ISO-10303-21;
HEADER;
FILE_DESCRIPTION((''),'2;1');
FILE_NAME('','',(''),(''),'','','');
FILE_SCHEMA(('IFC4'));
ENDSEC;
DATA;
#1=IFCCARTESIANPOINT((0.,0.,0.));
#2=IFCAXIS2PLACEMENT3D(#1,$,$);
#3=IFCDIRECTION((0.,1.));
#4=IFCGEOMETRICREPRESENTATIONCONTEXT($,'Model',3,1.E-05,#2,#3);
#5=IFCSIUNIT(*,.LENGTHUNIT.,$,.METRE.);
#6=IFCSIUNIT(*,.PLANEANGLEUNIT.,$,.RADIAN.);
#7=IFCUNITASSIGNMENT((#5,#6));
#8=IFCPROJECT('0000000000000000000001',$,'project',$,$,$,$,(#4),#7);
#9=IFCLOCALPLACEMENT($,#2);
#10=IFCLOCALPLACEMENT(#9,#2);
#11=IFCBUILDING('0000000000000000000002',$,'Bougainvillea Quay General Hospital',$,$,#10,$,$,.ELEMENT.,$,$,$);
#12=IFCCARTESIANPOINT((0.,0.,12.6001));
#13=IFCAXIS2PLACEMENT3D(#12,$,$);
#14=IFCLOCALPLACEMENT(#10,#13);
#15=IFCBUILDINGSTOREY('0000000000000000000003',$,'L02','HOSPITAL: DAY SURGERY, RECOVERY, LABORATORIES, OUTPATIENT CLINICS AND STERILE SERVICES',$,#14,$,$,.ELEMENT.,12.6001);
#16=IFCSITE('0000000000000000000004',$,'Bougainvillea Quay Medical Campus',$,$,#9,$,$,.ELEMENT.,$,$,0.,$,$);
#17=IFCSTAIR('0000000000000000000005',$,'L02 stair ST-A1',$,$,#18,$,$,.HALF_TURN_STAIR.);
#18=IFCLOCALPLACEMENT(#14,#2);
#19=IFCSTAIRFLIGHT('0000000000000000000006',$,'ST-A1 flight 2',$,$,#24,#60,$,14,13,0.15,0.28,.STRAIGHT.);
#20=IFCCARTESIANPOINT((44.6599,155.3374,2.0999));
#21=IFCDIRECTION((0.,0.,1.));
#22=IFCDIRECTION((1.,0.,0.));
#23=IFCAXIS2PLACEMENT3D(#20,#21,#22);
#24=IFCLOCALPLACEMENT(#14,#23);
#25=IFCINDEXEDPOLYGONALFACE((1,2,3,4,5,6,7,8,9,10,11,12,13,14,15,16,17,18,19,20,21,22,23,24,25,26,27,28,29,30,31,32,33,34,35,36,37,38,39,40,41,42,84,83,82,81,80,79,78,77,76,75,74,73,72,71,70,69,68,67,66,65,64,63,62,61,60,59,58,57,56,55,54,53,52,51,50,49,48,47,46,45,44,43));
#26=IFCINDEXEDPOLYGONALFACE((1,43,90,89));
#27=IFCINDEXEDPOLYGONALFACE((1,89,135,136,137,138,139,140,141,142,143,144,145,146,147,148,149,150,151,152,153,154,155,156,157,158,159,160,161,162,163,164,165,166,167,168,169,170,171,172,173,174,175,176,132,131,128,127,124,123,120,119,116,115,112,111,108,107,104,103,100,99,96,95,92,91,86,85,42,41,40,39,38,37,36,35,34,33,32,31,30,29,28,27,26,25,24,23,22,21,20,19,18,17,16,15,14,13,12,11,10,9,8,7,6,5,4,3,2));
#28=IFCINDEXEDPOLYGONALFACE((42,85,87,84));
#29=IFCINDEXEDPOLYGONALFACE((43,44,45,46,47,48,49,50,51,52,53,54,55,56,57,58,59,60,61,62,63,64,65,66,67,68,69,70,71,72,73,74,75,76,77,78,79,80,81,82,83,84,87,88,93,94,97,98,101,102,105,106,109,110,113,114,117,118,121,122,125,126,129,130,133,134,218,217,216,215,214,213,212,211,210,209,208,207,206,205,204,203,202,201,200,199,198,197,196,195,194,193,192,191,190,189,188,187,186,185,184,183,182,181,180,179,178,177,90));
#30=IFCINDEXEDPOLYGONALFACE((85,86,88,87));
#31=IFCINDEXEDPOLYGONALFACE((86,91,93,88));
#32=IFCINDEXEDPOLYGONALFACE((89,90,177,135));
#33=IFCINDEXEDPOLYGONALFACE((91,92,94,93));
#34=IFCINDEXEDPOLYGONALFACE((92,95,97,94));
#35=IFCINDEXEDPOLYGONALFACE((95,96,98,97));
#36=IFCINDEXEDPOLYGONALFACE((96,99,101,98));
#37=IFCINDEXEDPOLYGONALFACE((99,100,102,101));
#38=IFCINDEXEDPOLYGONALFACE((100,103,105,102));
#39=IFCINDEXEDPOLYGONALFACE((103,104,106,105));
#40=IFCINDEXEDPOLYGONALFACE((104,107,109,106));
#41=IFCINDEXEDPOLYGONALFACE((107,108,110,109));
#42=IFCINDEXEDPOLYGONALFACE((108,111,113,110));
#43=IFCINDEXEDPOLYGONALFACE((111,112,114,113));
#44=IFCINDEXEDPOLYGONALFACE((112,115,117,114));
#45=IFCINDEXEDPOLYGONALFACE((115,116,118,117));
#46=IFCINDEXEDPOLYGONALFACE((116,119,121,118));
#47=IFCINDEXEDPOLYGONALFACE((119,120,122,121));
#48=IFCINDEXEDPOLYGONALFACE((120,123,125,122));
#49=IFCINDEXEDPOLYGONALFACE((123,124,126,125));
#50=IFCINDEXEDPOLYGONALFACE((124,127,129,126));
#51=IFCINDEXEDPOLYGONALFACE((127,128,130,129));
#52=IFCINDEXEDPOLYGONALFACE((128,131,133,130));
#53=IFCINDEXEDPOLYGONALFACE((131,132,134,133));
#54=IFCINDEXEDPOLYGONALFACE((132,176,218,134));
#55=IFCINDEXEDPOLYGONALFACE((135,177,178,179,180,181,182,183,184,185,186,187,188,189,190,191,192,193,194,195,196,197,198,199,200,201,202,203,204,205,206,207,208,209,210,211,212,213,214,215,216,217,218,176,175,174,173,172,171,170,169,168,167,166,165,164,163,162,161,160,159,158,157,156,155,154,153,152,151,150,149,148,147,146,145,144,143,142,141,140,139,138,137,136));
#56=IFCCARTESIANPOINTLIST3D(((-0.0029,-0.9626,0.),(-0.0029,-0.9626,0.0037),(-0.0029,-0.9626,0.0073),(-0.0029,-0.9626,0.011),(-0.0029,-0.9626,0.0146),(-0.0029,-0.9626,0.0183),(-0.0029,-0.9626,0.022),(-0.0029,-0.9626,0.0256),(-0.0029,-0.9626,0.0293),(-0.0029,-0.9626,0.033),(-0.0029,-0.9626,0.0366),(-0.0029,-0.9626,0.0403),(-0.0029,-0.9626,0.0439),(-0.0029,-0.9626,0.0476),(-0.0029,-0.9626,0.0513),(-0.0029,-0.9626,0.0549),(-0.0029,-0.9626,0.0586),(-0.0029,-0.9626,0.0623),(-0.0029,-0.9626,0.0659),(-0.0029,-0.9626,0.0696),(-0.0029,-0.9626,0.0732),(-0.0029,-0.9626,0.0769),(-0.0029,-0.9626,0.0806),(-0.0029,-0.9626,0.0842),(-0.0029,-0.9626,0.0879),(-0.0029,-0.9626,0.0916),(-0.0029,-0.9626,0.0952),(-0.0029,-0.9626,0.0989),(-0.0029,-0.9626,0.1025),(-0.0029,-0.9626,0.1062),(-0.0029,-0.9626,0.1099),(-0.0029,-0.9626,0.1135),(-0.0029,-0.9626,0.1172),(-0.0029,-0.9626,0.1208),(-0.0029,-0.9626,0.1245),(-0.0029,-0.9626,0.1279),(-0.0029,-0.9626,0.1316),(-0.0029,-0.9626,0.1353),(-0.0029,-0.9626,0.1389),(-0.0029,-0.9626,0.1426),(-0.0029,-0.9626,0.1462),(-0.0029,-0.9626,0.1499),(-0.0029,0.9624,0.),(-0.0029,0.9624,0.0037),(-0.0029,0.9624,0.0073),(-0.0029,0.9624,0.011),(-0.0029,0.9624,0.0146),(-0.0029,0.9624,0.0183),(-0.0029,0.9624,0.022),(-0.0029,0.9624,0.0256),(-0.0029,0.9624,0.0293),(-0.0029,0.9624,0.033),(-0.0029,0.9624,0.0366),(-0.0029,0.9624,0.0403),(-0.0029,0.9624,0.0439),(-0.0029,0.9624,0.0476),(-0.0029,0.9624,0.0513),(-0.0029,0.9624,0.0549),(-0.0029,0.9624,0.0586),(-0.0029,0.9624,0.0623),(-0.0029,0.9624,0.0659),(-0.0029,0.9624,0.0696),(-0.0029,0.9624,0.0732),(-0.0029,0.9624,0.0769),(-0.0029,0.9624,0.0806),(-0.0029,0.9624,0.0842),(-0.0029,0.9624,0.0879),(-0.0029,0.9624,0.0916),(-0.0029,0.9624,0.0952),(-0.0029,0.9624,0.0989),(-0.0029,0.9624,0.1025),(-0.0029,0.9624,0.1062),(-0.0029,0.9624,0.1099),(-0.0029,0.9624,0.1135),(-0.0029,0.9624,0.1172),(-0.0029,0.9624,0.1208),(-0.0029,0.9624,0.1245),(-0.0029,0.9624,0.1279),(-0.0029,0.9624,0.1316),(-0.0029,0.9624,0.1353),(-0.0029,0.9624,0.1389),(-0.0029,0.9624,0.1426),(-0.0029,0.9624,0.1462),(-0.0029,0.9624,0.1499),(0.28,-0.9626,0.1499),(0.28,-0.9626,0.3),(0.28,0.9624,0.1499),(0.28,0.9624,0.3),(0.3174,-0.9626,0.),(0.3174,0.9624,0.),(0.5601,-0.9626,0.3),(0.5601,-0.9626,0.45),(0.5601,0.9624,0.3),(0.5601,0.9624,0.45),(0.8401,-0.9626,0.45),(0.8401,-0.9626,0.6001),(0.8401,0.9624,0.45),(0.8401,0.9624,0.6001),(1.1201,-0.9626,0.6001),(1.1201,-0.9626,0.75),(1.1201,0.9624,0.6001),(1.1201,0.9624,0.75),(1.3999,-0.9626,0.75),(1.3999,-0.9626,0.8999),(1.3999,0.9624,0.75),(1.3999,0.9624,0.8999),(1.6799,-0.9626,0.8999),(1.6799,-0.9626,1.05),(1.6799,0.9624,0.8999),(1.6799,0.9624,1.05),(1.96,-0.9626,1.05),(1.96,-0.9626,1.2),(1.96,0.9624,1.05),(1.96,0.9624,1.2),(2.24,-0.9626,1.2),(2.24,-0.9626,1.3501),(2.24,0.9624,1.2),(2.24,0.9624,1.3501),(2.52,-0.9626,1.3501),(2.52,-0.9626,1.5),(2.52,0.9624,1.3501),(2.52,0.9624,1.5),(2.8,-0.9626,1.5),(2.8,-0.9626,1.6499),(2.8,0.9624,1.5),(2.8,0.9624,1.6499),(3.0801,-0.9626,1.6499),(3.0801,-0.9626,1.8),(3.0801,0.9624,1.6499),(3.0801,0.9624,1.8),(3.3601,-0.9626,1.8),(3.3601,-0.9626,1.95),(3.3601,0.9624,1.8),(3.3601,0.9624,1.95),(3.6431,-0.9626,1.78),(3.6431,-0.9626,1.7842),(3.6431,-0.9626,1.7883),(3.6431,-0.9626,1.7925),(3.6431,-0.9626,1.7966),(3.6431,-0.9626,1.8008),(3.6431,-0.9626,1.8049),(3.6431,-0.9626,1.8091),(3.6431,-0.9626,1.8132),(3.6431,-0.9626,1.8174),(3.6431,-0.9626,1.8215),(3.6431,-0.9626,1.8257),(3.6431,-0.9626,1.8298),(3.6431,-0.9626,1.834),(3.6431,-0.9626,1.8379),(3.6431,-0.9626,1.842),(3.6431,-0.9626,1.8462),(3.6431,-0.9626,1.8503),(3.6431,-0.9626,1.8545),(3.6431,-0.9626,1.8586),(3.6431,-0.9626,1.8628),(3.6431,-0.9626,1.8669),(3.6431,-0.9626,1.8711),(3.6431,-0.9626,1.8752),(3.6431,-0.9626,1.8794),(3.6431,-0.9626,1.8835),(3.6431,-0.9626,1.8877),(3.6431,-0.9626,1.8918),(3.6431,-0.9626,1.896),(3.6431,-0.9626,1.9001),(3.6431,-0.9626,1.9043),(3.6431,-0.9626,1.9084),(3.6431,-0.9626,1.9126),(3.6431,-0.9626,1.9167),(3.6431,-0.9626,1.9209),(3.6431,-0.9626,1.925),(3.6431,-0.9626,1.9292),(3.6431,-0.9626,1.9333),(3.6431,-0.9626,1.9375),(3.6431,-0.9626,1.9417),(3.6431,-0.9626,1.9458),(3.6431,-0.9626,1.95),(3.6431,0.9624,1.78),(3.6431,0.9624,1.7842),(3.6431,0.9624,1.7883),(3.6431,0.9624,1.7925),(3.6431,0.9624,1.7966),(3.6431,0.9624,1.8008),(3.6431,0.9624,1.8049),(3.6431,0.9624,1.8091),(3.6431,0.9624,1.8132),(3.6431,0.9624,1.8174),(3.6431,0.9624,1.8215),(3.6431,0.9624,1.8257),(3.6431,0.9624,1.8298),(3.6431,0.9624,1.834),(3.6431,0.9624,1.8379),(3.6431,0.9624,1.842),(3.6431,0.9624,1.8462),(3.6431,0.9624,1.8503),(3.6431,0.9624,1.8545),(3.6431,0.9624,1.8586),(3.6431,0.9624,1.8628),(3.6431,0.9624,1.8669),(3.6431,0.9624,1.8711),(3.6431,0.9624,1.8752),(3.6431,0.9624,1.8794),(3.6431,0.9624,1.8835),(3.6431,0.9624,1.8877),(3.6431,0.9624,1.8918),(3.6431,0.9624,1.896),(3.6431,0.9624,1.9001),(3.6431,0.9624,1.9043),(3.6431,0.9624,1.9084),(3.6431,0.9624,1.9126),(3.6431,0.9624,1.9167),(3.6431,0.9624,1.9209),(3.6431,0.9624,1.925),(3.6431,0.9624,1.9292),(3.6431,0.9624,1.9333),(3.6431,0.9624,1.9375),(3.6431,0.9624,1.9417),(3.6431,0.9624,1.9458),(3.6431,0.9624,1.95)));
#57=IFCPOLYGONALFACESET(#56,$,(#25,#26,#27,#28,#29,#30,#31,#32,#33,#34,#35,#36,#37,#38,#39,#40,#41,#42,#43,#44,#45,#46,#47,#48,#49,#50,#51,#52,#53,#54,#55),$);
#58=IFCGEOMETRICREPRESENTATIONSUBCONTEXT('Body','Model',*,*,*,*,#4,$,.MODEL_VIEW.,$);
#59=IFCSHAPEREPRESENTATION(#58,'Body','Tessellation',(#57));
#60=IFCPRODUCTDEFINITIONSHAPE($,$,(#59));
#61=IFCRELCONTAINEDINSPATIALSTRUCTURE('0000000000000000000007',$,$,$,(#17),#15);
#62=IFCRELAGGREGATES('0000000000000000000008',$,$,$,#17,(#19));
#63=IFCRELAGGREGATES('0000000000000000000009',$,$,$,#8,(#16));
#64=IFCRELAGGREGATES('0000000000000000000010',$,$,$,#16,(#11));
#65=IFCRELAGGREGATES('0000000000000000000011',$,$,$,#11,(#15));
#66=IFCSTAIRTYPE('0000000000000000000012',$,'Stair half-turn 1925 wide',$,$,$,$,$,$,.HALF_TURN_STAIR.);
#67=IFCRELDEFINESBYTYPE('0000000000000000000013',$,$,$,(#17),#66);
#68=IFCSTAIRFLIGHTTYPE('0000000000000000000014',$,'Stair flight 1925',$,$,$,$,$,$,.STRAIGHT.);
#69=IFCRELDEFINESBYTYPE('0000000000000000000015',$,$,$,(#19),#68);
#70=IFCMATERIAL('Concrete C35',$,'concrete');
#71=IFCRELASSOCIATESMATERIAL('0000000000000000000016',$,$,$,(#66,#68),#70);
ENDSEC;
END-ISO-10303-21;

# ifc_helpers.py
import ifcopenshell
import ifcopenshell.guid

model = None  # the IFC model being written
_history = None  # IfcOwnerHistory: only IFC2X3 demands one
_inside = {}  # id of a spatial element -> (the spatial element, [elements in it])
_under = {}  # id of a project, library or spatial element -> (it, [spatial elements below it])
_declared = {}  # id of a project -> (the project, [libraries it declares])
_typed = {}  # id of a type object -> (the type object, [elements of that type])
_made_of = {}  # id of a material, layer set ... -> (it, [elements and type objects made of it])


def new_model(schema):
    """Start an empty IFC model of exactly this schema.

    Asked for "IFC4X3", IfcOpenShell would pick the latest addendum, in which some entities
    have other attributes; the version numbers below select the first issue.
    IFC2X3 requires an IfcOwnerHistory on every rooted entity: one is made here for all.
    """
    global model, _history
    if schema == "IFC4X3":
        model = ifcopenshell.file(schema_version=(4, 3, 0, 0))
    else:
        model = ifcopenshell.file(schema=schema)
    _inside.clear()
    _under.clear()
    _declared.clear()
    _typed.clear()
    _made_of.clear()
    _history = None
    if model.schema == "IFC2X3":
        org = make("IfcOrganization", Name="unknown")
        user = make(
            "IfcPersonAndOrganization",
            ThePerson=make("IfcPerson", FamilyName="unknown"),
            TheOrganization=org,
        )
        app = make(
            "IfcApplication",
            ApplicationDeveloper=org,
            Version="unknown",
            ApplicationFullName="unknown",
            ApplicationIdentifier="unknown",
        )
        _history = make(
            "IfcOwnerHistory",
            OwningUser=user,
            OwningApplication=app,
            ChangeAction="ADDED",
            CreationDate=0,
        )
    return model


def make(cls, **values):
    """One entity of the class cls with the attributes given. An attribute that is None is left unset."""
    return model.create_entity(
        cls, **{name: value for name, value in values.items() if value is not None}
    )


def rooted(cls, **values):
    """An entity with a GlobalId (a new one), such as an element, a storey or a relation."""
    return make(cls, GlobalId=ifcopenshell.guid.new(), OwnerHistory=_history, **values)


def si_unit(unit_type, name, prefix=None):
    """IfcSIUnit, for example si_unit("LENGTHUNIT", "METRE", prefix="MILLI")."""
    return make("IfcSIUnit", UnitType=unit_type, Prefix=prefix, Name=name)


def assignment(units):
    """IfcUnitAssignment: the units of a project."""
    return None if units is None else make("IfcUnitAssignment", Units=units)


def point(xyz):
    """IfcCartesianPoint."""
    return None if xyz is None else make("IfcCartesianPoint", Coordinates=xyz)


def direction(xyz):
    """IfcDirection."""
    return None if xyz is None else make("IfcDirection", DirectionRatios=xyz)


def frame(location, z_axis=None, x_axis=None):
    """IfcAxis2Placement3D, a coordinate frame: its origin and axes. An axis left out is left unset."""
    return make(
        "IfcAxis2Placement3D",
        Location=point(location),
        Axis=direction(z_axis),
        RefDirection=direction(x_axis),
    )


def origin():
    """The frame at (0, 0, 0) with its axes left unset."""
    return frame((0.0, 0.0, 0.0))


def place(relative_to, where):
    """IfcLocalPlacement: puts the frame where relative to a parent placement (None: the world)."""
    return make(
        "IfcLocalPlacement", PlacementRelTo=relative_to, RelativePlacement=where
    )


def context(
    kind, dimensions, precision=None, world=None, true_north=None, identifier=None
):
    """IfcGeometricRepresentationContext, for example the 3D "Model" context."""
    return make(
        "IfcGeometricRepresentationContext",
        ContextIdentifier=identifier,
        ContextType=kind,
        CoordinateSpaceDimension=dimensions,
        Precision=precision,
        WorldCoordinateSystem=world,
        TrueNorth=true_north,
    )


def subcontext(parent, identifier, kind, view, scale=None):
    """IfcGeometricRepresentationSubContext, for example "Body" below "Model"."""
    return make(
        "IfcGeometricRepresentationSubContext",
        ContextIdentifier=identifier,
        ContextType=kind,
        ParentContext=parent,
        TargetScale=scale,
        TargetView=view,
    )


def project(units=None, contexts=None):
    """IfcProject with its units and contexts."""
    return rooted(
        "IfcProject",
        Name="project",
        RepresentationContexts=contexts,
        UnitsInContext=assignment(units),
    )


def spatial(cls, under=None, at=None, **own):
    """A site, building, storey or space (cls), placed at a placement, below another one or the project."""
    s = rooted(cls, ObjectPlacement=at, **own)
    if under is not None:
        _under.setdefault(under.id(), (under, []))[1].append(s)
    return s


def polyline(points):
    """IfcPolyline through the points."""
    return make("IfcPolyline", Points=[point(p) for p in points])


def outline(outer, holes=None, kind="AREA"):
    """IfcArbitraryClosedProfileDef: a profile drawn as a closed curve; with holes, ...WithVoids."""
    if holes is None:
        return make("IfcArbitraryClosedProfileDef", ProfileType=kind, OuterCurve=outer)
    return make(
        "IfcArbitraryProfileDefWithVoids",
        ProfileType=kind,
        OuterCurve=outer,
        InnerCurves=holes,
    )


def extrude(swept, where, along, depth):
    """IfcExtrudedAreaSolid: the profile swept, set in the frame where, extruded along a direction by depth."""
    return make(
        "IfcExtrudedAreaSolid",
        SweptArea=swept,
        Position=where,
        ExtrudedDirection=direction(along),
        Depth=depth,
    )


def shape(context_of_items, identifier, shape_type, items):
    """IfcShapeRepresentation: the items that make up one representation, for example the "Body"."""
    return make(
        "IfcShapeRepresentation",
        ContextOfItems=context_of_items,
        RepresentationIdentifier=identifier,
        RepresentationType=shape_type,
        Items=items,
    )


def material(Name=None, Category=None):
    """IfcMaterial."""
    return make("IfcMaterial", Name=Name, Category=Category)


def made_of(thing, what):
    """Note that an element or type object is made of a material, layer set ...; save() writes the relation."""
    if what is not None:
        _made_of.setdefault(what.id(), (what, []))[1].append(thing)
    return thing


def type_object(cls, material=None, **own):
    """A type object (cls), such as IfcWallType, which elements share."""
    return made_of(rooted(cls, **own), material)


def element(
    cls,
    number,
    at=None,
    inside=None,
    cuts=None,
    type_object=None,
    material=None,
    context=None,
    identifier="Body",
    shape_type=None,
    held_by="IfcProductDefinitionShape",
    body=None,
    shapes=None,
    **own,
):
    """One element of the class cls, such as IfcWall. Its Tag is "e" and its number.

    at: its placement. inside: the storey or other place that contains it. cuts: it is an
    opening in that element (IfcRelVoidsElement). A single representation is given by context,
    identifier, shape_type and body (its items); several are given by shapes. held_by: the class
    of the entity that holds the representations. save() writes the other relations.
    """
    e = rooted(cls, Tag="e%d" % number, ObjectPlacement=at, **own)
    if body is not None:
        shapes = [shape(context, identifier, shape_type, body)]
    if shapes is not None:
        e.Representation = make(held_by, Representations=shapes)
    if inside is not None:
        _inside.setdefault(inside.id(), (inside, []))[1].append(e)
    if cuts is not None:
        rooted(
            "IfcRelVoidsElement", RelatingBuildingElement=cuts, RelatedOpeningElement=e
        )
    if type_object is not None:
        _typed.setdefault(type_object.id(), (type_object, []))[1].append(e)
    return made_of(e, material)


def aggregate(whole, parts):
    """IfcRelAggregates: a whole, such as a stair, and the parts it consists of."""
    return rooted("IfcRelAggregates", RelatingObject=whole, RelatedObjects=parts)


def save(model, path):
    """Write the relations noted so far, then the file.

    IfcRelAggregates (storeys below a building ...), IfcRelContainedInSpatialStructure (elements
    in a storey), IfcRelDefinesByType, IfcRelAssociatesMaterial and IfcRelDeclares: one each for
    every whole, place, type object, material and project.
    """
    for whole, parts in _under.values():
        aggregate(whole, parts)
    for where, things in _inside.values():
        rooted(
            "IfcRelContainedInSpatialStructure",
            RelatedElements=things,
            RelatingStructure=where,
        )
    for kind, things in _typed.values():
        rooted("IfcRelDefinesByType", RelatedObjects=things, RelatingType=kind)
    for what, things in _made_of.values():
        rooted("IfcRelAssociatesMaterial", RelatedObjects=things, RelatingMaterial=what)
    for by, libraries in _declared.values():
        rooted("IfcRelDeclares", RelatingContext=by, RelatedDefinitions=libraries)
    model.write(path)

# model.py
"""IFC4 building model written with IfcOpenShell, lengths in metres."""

from ifc_helpers import new_model, si_unit, direction, frame, origin, place, context, subcontext, project, spatial, polyline, outline, extrude, material, type_object, element, aggregate, save


model = new_model("IFC4")

# Units and contexts
model_context = context("Model", 3, precision=1e-05, world=origin(), true_north=direction((0.0, 1.0)))
body_context = subcontext(model_context, "Body", "Model", "MODEL_VIEW")
ifc_project = project(units=[si_unit("LENGTHUNIT", "METRE"), si_unit("PLANEANGLEUNIT", "RADIAN")], contexts=[model_context])

# Site, building, storey
site_placement = place(None, origin())
site = spatial("IfcSite", under=ifc_project, at=site_placement, Name="Bougainvillea Quay Medical Campus", CompositionType="ELEMENT", RefElevation=0.0)
building_placement = place(site_placement, origin())
building = spatial("IfcBuilding", under=site, at=building_placement, Name="Bougainvillea Quay General Hospital", CompositionType="ELEMENT")
storey_placement = place(building_placement, frame((0.0, 0.0, 12.6001)))
storey = spatial("IfcBuildingStorey", under=building, at=storey_placement, Name="L02", Description="HOSPITAL: DAY SURGERY, RECOVERY, LABORATORIES, OUTPATIENT CLINICS AND STERILE SERVICES", CompositionType="ELEMENT", Elevation=12.6001)

# Stair, stair flight
ifc_material_1 = material(Name="Concrete C35", Category="concrete")
stair_type = type_object("IfcStairType", Name="Stair half-turn 1925 wide", PredefinedType="HALF_TURN_STAIR", material=ifc_material_1)
stair_placement = place(storey_placement, origin())
stair = element("IfcStair", 1, at=stair_placement, inside=storey, type_object=stair_type, Name="L02 stair ST-A1", PredefinedType="HALF_TURN_STAIR")
stair_flight_type = type_object("IfcStairFlightType", Name="Stair flight 1925", PredefinedType="STRAIGHT", material=ifc_material_1)
stair_flight_1_placement = place(storey_placement, frame((44.6599, 155.3374, 2.0999), z_axis=(0.0, 0.0, 1.0), x_axis=(1.0, 0.0, 0.0)))
stair_flight_1 = element("IfcStairFlight", 2, at=stair_flight_1_placement, type_object=stair_flight_type, Name="ST-A1 flight 2", NumberOfRisers=14, NumberOfTreads=13, PredefinedType="STRAIGHT", RiserHeight=0.15, TreadLength=0.28, context=body_context, shape_type="SweptSolid", body=[
    extrude(outline(polyline([(-0.0029, 0.0), (-0.0029, 0.0037), (-0.0029, 0.0073), (-0.0029, 0.011), (-0.0029, 0.0146), (-0.0029, 0.0183), (-0.0029, 0.022), (-0.0029, 0.0256), (-0.0029, 0.0293), (-0.0029, 0.033), (-0.0029, 0.0366), (-0.0029, 0.0403), (-0.0029, 0.0439), (-0.0029, 0.0476), (-0.0029, 0.0513), (-0.0029, 0.0549), (-0.0029, 0.0586), (-0.0029, 0.0623), (-0.0029, 0.0659), (-0.0029, 0.0696), (-0.0029, 0.0732), (-0.0029, 0.0769), (-0.0029, 0.0806), (-0.0029, 0.0842), (-0.0029, 0.0879), (-0.0029, 0.0916), (-0.0029, 0.0952), (-0.0029, 0.0989), (-0.0029, 0.1025), (-0.0029, 0.1062), (-0.0029, 0.1099), (-0.0029, 0.1135), (-0.0029, 0.1172), (-0.0029, 0.1208), (-0.0029, 0.1245), (-0.0029, 0.1279), (-0.0029, 0.1316), (-0.0029, 0.1353), (-0.0029, 0.1389), (-0.0029, 0.1426), (-0.0029, 0.1462), (-0.0029, 0.1499), (0.28, 0.1499), (0.28, 0.3), (0.5601, 0.3), (0.5601, 0.45), (0.8401, 0.45), (0.8401, 0.6001), (1.1201, 0.6001), (1.1201, 0.75), (1.3999, 0.75), (1.3999, 0.8999), (1.6799, 0.8999), (1.6799, 1.05), (1.96, 1.05), (1.96, 1.2), (2.24, 1.2), (2.24, 1.3501), (2.52, 1.3501), (2.52, 1.5), (2.8, 1.5), (2.8, 1.6499), (3.0801, 1.6499), (3.0801, 1.8), (3.3601, 1.8), (3.3601, 1.95), (3.6431, 1.95), (3.6431, 1.9458), (3.6431, 1.9417), (3.6431, 1.9375), (3.6431, 1.9333), (3.6431, 1.9292), (3.6431, 1.925), (3.6431, 1.9209), (3.6431, 1.9167), (3.6431, 1.9126), (3.6431, 1.9084), (3.6431, 1.9043), (3.6431, 1.9001), (3.6431, 1.896), (3.6431, 1.8918), (3.6431, 1.8877), (3.6431, 1.8835), (3.6431, 1.8794), (3.6431, 1.8752), (3.6431, 1.8711), (3.6431, 1.8669), (3.6431, 1.8628), (3.6431, 1.8586), (3.6431, 1.8545), (3.6431, 1.8503), (3.6431, 1.8462), (3.6431, 1.842), (3.6431, 1.8379), (3.6431, 1.834), (3.6431, 1.8298), (3.6431, 1.8257), (3.6431, 1.8215), (3.6431, 1.8174), (3.6431, 1.8132), (3.6431, 1.8091), (3.6431, 1.8049), (3.6431, 1.8008), (3.6431, 1.7966), (3.6431, 1.7925), (3.6431, 1.7883), (3.6431, 1.7842), (3.6431, 1.78), (0.3174, 0.0), (-0.0029, 0.0)])), frame((0.0, 0.9624, 0.0), z_axis=(0.0, -1.0, 0.0), x_axis=(1.0, 0.0, 0.0)), (0.0, 0.0, 1.0), 1.925),
])
aggregate(stair, [stair_flight_1])

save(model, "model.ifc")
